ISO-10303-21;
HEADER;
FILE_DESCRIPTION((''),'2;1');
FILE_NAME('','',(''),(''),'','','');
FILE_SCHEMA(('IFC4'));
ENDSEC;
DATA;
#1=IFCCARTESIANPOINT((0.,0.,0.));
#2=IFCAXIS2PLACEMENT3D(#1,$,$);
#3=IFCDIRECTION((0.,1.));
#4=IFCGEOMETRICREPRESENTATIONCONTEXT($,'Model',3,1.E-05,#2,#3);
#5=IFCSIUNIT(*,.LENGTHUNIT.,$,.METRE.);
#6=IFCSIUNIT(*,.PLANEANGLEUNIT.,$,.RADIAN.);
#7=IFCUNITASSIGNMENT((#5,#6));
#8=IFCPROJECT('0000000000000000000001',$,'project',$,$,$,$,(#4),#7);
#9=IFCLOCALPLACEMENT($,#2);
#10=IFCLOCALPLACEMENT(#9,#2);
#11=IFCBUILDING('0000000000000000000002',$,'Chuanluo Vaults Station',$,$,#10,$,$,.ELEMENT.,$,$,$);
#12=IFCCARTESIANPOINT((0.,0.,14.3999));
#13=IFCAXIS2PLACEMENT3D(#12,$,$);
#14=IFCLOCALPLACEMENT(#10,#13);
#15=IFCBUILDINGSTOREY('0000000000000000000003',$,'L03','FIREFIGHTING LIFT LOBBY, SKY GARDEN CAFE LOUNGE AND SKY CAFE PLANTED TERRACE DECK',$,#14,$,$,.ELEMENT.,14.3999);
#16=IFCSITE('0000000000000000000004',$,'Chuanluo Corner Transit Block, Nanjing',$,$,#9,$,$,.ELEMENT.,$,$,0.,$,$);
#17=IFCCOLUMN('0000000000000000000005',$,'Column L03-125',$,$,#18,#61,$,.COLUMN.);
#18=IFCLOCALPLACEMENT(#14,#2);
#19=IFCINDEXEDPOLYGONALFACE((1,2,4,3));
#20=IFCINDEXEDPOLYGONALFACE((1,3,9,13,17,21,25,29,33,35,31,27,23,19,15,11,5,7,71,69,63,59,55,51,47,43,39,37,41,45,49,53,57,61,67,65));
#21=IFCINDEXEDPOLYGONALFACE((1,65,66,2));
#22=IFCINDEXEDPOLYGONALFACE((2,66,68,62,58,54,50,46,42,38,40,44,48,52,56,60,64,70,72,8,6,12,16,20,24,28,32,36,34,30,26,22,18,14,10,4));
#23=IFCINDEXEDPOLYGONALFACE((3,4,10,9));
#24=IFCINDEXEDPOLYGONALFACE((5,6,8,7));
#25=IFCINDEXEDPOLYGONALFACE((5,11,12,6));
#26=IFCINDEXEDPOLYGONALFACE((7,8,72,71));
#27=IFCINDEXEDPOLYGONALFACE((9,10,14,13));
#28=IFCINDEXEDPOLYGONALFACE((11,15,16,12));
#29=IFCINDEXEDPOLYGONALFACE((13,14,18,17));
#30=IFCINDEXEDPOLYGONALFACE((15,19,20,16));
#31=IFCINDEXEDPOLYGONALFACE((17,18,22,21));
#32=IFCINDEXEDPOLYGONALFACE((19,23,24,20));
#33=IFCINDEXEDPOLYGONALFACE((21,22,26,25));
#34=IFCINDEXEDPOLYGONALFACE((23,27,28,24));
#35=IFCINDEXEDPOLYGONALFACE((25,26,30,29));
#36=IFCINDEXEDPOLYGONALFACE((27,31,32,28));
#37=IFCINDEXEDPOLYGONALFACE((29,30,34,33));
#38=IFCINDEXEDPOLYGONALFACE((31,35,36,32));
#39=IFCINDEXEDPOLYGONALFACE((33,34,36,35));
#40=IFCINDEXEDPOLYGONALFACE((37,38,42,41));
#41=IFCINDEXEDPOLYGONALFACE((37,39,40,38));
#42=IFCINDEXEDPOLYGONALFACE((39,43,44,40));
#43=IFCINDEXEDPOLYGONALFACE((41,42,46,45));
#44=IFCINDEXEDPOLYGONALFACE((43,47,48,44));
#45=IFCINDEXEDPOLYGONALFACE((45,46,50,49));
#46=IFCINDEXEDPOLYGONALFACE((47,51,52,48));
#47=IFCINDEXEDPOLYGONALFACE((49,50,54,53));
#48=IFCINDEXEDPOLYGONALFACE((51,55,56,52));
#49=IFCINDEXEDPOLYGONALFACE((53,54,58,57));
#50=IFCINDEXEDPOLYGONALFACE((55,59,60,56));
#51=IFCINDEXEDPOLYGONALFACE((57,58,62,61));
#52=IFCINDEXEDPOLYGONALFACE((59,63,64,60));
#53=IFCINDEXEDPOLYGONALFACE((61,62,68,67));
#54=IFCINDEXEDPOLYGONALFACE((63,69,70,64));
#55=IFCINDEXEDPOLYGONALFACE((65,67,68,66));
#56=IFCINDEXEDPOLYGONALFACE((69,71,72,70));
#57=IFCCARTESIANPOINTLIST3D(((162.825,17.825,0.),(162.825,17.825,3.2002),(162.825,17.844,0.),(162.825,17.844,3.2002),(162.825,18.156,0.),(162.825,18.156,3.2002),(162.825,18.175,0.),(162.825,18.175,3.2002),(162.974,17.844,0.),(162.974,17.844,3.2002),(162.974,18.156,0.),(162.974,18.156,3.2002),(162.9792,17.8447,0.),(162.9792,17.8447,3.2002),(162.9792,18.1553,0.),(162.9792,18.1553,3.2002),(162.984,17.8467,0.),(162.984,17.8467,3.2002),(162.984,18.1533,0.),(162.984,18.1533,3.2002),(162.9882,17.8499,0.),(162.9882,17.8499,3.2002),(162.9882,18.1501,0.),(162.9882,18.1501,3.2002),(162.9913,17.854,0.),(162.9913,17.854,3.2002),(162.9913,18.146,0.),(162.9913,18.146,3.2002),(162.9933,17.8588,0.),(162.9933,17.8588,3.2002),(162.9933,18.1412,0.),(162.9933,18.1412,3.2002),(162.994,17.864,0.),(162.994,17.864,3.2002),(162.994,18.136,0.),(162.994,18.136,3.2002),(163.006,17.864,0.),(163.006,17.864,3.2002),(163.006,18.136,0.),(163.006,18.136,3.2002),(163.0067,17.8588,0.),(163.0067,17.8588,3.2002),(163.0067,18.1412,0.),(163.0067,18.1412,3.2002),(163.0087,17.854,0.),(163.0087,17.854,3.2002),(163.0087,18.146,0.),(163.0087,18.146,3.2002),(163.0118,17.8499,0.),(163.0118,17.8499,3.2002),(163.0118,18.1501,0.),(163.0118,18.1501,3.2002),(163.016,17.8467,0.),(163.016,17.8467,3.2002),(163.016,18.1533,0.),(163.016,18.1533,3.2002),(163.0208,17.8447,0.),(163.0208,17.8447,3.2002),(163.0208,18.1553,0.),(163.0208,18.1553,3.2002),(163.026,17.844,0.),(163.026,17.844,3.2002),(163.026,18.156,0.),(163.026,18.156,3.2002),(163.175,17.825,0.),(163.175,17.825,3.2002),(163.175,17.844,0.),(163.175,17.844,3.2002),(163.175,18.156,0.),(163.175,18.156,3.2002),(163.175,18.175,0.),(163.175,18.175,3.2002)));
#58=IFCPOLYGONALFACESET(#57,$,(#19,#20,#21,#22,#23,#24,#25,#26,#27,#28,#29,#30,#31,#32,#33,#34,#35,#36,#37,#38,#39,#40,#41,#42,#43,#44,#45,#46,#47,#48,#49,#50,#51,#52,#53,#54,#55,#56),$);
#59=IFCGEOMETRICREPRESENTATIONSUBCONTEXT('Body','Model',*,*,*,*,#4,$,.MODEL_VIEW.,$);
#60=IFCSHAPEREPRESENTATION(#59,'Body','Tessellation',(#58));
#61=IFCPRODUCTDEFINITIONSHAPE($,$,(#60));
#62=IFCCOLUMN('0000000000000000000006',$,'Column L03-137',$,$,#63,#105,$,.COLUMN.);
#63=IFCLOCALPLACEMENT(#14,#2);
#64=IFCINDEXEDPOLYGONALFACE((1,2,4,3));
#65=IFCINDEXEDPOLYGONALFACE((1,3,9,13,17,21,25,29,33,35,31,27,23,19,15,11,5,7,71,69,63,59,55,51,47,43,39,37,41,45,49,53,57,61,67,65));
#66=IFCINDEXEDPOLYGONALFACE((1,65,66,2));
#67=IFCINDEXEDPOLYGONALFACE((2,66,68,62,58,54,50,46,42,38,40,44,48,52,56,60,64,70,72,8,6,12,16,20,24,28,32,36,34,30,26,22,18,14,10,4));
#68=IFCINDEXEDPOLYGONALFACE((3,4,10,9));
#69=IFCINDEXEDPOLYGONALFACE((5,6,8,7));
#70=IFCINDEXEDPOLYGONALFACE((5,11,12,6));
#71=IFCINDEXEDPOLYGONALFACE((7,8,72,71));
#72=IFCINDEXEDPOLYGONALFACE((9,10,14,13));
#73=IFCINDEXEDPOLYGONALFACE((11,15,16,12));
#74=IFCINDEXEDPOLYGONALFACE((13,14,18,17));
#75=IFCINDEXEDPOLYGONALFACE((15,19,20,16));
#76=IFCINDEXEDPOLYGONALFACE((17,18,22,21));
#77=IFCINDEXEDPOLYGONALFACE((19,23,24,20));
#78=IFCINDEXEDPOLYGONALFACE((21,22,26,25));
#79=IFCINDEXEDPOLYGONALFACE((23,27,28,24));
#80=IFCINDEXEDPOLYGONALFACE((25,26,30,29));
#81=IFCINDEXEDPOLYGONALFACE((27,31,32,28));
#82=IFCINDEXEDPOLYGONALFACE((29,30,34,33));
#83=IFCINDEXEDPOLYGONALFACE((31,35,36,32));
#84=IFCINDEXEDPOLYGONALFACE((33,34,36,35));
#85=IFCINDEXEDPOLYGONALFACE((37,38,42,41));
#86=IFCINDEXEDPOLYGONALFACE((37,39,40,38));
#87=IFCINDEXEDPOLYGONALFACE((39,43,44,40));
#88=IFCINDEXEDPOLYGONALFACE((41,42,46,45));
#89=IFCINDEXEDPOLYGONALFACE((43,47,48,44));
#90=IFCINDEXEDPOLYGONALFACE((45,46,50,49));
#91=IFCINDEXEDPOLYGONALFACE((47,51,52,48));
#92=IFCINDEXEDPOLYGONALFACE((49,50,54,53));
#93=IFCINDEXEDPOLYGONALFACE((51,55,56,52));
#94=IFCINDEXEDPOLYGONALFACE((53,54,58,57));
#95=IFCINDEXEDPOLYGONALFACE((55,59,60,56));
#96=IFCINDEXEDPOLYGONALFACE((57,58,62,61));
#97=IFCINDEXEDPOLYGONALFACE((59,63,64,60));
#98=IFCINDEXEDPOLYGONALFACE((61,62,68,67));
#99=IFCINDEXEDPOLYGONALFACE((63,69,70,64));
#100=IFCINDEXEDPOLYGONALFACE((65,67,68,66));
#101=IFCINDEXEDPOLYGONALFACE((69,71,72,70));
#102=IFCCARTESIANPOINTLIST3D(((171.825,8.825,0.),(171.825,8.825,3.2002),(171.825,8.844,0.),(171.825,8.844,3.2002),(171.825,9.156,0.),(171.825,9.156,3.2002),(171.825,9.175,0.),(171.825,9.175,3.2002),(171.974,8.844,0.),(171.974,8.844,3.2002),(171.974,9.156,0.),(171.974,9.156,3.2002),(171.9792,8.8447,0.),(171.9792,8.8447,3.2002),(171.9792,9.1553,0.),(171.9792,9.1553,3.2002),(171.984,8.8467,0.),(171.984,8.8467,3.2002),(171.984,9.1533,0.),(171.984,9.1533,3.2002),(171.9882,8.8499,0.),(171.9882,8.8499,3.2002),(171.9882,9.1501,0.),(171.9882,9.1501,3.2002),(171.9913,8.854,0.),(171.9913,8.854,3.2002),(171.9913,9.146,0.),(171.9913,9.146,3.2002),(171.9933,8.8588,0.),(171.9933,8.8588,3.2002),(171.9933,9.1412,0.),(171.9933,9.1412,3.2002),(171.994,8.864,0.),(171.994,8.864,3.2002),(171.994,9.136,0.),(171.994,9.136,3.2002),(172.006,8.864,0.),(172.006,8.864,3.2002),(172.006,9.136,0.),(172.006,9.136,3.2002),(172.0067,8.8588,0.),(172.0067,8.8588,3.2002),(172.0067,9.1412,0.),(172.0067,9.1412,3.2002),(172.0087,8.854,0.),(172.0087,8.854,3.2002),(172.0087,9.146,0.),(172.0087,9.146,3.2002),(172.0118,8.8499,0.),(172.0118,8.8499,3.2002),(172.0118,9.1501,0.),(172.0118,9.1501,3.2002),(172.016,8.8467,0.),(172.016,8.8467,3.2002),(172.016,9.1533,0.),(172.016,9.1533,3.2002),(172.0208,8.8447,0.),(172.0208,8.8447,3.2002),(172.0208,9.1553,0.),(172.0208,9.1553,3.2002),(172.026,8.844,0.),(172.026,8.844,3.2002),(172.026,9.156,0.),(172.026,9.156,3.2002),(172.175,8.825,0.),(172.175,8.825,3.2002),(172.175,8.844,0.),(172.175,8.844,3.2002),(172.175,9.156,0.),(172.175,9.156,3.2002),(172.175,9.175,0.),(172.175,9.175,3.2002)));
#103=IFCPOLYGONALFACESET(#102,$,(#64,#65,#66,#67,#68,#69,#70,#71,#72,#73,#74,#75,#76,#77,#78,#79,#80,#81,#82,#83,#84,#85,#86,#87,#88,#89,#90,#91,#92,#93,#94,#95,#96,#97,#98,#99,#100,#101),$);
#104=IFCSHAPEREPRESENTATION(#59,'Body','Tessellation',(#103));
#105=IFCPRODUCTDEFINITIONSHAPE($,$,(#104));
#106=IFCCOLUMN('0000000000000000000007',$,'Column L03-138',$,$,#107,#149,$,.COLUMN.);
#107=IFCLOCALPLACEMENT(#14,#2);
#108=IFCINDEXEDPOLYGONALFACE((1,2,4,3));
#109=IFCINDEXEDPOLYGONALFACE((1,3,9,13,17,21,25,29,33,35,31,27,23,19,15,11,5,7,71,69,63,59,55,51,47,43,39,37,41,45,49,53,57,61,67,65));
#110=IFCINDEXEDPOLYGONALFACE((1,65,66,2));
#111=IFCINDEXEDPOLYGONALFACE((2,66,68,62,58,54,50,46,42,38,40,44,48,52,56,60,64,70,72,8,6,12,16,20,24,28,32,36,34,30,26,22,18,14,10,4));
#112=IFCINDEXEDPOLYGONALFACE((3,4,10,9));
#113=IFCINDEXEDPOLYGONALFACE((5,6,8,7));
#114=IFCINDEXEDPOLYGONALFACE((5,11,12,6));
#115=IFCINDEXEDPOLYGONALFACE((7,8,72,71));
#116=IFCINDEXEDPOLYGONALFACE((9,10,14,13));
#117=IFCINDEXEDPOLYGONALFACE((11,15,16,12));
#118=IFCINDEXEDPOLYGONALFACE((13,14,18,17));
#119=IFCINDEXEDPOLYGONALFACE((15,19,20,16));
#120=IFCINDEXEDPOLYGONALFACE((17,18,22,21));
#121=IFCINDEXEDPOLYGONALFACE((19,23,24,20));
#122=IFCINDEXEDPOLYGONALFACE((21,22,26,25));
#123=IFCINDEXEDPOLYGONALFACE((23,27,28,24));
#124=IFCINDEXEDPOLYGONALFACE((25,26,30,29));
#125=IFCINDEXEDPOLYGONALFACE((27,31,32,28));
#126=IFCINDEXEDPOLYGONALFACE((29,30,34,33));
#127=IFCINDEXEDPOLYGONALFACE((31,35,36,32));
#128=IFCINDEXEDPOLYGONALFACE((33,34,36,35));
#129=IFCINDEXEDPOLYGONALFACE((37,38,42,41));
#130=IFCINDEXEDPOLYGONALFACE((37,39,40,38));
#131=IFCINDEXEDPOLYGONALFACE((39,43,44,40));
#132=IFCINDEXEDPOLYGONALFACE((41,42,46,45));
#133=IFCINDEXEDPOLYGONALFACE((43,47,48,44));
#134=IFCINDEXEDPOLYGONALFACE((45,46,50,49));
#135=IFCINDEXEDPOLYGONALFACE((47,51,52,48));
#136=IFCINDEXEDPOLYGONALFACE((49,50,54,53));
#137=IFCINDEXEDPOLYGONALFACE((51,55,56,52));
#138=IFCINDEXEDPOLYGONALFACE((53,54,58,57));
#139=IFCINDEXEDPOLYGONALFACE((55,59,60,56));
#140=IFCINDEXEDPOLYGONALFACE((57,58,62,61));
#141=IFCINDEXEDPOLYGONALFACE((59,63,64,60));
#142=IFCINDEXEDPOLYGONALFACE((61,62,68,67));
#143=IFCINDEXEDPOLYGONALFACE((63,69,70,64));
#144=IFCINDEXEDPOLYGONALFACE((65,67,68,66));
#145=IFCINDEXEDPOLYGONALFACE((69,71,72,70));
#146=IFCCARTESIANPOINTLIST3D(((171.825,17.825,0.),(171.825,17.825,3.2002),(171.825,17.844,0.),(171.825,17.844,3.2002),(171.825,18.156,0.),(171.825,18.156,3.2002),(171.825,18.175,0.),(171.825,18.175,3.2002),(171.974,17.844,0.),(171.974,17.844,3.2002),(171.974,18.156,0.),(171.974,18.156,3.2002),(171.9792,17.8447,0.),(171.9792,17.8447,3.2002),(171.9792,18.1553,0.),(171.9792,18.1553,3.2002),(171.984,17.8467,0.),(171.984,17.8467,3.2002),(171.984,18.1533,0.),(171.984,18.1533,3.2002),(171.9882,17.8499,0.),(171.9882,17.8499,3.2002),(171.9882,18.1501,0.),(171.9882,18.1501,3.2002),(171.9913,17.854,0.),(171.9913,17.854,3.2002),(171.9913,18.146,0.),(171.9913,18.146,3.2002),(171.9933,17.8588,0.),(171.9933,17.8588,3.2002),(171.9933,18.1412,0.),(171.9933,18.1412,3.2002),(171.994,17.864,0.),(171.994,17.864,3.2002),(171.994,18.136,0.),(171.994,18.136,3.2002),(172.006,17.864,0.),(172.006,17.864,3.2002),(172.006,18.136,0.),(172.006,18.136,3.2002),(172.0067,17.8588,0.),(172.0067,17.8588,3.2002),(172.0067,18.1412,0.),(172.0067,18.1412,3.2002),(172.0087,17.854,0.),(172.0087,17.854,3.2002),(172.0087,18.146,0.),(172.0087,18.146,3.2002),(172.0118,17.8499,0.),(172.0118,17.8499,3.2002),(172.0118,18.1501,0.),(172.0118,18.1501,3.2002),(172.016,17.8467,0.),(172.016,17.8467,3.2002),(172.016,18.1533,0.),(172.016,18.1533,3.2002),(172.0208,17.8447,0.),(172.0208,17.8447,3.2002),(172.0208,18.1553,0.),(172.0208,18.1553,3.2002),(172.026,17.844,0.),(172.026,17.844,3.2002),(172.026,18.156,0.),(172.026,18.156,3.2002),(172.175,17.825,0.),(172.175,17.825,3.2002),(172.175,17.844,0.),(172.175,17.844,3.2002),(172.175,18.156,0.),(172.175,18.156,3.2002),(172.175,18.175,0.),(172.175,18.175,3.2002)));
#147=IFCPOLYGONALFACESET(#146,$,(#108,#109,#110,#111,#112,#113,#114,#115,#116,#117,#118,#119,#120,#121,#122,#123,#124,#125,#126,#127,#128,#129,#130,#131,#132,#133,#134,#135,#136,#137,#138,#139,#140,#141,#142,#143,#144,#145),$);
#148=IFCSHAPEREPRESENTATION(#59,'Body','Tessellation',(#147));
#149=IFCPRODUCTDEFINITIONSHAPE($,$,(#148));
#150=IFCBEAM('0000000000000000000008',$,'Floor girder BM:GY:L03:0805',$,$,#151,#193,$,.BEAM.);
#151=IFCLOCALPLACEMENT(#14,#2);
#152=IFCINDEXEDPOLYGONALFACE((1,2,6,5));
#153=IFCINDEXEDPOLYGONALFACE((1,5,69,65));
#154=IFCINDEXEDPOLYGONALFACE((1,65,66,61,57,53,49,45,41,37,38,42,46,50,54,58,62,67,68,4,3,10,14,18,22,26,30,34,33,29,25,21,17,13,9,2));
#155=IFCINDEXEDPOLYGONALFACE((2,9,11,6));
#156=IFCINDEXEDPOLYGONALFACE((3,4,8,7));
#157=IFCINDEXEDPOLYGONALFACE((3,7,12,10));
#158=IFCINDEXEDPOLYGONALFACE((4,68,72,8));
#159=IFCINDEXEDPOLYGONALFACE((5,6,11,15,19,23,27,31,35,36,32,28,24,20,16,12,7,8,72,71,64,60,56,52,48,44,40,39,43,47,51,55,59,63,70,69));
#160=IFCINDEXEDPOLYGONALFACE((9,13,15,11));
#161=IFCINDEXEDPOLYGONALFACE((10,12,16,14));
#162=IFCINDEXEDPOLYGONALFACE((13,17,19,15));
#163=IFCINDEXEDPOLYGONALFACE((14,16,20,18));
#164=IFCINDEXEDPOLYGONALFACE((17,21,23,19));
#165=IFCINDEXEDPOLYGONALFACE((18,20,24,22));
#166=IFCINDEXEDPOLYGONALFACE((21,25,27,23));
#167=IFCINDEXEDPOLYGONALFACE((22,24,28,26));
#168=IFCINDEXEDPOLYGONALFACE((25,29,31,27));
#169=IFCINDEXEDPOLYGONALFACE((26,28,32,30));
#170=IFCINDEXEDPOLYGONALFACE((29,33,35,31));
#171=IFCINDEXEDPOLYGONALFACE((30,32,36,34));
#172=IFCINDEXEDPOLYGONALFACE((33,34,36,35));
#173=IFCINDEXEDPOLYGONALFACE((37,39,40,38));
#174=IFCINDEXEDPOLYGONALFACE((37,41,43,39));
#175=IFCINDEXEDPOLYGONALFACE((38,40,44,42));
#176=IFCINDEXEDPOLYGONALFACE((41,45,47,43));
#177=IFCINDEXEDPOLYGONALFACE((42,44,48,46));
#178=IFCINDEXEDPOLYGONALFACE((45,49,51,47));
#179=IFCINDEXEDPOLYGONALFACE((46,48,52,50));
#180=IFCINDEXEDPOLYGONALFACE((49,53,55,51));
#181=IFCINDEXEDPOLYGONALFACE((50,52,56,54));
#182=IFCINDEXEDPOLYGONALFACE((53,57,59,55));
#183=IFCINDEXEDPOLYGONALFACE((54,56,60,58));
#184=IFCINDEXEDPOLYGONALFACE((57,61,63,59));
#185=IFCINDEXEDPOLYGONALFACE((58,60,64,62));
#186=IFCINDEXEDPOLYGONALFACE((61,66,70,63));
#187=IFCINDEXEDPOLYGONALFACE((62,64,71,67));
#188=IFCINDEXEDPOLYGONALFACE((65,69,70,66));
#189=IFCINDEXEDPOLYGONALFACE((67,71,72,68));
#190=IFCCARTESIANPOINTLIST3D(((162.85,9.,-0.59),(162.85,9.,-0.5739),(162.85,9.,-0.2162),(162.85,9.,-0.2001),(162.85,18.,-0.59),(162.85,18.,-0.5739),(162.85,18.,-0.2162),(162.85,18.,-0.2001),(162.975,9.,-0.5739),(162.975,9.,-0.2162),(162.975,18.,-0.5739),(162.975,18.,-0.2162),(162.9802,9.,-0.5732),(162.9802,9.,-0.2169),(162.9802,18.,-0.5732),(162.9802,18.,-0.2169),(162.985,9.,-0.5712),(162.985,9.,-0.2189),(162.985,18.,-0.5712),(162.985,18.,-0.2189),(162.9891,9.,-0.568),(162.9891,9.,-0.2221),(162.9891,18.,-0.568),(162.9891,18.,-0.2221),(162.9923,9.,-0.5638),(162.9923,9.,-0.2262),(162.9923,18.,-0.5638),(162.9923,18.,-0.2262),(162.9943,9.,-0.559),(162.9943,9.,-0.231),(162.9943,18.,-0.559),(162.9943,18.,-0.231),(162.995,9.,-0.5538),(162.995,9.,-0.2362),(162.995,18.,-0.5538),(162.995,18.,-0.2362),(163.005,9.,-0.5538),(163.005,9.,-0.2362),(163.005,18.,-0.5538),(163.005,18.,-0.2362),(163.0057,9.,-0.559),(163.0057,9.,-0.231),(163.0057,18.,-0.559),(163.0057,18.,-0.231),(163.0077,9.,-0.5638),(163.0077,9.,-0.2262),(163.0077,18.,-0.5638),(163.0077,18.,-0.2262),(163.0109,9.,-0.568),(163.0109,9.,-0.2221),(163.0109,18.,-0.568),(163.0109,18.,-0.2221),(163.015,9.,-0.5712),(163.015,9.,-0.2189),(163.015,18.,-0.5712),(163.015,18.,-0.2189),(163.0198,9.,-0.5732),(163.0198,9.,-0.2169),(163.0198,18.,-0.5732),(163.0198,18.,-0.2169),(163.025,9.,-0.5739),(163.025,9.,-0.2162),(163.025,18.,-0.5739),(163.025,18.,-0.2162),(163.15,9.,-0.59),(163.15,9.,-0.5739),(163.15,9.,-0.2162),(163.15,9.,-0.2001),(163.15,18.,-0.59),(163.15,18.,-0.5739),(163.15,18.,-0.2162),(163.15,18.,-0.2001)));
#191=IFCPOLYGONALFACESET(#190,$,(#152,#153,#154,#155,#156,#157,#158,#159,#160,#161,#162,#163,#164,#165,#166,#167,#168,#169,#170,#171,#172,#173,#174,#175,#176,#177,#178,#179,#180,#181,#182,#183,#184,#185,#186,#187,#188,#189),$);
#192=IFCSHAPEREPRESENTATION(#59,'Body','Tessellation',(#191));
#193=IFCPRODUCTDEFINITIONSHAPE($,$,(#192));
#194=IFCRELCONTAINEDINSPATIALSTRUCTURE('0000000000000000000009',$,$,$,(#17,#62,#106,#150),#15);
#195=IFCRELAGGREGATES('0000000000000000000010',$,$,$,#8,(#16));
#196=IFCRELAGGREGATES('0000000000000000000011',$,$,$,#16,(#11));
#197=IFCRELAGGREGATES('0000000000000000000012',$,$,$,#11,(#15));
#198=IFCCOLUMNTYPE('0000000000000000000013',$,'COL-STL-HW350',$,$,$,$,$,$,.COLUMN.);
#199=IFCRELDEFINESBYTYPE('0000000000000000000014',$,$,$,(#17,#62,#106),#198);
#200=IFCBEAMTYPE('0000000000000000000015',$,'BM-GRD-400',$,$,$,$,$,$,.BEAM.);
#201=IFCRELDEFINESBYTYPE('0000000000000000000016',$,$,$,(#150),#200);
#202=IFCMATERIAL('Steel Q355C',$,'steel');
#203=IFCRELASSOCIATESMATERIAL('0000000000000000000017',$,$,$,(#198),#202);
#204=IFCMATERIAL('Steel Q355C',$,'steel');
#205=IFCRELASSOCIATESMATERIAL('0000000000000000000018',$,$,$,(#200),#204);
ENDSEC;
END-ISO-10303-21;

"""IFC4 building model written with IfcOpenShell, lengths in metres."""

from ifc_helpers import new_model, si_unit, direction, frame, origin, origin_2d, place, context, subcontext, project, spatial, i_section, extrude, material, material_profile, profile_set, type_object, element, save


model = new_model("IFC4")

# Units and contexts
model_context = context("Model", 3, precision=1e-05, world=origin(), true_north=direction((0.0, 1.0)))
body_context = subcontext(model_context, "Body", "Model", "MODEL_VIEW")
ifc_project = project(units=[si_unit("LENGTHUNIT", "METRE"), si_unit("PLANEANGLEUNIT", "RADIAN")], contexts=[model_context])

# Site, building, storey
site_placement = place(None, origin())
site = spatial("IfcSite", under=ifc_project, at=site_placement, Name="Chuanluo Corner Transit Block, Nanjing", CompositionType="ELEMENT", RefElevation=0.0)
building_placement = place(site_placement, origin())
building = spatial("IfcBuilding", under=site, at=building_placement, Name="Chuanluo Vaults Station", CompositionType="ELEMENT")
storey_placement = place(building_placement, frame((0.0, 0.0, 14.3999)))
storey = spatial("IfcBuildingStorey", under=building, at=storey_placement, Name="L03", Description="FIREFIGHTING LIFT LOBBY, SKY GARDEN CAFE LOUNGE AND SKY CAFE PLANTED TERRACE DECK", CompositionType="ELEMENT", Elevation=14.3999)

# Columns
ifc_material_1 = material(Name="Steel Q355C", Category="steel")
ifc_material_profile_1 = material_profile(ifc_material_1, i_section(OverallWidth=0.3501, OverallDepth=0.3501, WebThickness=0.012, FlangeThickness=0.019, FilletRadius=0.02, at=origin_2d()))
ifc_profile_set_1 = profile_set([ifc_material_profile_1], Name="Steel Q355C")
column_type = type_object("IfcColumnType", Name="COL-STL-HW350", PredefinedType="COLUMN", material=ifc_profile_set_1)
for number, where, z_axis, x_axis, name in (
    (1, (163.0, 18.0, 0.0), (0.0, 0.0, 1.0), (1.0, 0.0, 0.0), "Column L03-125"),
    (2, (172.0, 9.0, 0.0), (0.0, 0.0, 1.0), (1.0, 0.0, 0.0), "Column L03-137"),
    (3, (172.0, 18.0, 0.0), (0.0, 0.0, 1.0), (1.0, 0.0, 0.0), "Column L03-138"),
):
    element("IfcColumn", number, at=place(storey_placement, frame(where, z_axis=z_axis, x_axis=x_axis)), inside=storey, type_object=column_type, Name=name, PredefinedType="COLUMN", context=body_context, shape_type="SweptSolid", body=[
        extrude(i_section(OverallWidth=0.3501, OverallDepth=0.3501, WebThickness=0.012, FlangeThickness=0.019, FilletRadius=0.02, at=origin_2d()), origin(), (0.0, 0.0, 1.0), 3.2002),
    ])

# Beam
ifc_material_2 = material(Name="Steel Q355C", Category="steel")
ifc_material_profile_2 = material_profile(ifc_material_2, i_section(OverallWidth=0.3, OverallDepth=0.3899, WebThickness=0.01, FlangeThickness=0.0161, FilletRadius=0.02, at=origin_2d()))
ifc_profile_set_2 = profile_set([ifc_material_profile_2], Name="Steel Q355C")
beam_type_1 = type_object("IfcBeamType", Name="BM-GRD-400", PredefinedType="BEAM", material=ifc_profile_set_2)
for number, where, z_axis, x_axis, name in (
    (4, (163.0, 9.0, -0.395), (0.0, 1.0, 0.0), (-1.0, 0.0, 0.0), "Floor girder BM:GY:L03:0805"),
):
    element("IfcBeam", number, at=place(storey_placement, frame(where, z_axis=z_axis, x_axis=x_axis)), inside=storey, type_object=beam_type_1, Name=name, PredefinedType="BEAM", context=body_context, shape_type="SweptSolid", body=[
        extrude(i_section(OverallWidth=0.3, OverallDepth=0.3899, WebThickness=0.01, FlangeThickness=0.0161, FilletRadius=0.02, at=origin_2d()), origin(), (0.0, 0.0, 1.0), 9.0),
    ])

save(model, "model.ifc")
